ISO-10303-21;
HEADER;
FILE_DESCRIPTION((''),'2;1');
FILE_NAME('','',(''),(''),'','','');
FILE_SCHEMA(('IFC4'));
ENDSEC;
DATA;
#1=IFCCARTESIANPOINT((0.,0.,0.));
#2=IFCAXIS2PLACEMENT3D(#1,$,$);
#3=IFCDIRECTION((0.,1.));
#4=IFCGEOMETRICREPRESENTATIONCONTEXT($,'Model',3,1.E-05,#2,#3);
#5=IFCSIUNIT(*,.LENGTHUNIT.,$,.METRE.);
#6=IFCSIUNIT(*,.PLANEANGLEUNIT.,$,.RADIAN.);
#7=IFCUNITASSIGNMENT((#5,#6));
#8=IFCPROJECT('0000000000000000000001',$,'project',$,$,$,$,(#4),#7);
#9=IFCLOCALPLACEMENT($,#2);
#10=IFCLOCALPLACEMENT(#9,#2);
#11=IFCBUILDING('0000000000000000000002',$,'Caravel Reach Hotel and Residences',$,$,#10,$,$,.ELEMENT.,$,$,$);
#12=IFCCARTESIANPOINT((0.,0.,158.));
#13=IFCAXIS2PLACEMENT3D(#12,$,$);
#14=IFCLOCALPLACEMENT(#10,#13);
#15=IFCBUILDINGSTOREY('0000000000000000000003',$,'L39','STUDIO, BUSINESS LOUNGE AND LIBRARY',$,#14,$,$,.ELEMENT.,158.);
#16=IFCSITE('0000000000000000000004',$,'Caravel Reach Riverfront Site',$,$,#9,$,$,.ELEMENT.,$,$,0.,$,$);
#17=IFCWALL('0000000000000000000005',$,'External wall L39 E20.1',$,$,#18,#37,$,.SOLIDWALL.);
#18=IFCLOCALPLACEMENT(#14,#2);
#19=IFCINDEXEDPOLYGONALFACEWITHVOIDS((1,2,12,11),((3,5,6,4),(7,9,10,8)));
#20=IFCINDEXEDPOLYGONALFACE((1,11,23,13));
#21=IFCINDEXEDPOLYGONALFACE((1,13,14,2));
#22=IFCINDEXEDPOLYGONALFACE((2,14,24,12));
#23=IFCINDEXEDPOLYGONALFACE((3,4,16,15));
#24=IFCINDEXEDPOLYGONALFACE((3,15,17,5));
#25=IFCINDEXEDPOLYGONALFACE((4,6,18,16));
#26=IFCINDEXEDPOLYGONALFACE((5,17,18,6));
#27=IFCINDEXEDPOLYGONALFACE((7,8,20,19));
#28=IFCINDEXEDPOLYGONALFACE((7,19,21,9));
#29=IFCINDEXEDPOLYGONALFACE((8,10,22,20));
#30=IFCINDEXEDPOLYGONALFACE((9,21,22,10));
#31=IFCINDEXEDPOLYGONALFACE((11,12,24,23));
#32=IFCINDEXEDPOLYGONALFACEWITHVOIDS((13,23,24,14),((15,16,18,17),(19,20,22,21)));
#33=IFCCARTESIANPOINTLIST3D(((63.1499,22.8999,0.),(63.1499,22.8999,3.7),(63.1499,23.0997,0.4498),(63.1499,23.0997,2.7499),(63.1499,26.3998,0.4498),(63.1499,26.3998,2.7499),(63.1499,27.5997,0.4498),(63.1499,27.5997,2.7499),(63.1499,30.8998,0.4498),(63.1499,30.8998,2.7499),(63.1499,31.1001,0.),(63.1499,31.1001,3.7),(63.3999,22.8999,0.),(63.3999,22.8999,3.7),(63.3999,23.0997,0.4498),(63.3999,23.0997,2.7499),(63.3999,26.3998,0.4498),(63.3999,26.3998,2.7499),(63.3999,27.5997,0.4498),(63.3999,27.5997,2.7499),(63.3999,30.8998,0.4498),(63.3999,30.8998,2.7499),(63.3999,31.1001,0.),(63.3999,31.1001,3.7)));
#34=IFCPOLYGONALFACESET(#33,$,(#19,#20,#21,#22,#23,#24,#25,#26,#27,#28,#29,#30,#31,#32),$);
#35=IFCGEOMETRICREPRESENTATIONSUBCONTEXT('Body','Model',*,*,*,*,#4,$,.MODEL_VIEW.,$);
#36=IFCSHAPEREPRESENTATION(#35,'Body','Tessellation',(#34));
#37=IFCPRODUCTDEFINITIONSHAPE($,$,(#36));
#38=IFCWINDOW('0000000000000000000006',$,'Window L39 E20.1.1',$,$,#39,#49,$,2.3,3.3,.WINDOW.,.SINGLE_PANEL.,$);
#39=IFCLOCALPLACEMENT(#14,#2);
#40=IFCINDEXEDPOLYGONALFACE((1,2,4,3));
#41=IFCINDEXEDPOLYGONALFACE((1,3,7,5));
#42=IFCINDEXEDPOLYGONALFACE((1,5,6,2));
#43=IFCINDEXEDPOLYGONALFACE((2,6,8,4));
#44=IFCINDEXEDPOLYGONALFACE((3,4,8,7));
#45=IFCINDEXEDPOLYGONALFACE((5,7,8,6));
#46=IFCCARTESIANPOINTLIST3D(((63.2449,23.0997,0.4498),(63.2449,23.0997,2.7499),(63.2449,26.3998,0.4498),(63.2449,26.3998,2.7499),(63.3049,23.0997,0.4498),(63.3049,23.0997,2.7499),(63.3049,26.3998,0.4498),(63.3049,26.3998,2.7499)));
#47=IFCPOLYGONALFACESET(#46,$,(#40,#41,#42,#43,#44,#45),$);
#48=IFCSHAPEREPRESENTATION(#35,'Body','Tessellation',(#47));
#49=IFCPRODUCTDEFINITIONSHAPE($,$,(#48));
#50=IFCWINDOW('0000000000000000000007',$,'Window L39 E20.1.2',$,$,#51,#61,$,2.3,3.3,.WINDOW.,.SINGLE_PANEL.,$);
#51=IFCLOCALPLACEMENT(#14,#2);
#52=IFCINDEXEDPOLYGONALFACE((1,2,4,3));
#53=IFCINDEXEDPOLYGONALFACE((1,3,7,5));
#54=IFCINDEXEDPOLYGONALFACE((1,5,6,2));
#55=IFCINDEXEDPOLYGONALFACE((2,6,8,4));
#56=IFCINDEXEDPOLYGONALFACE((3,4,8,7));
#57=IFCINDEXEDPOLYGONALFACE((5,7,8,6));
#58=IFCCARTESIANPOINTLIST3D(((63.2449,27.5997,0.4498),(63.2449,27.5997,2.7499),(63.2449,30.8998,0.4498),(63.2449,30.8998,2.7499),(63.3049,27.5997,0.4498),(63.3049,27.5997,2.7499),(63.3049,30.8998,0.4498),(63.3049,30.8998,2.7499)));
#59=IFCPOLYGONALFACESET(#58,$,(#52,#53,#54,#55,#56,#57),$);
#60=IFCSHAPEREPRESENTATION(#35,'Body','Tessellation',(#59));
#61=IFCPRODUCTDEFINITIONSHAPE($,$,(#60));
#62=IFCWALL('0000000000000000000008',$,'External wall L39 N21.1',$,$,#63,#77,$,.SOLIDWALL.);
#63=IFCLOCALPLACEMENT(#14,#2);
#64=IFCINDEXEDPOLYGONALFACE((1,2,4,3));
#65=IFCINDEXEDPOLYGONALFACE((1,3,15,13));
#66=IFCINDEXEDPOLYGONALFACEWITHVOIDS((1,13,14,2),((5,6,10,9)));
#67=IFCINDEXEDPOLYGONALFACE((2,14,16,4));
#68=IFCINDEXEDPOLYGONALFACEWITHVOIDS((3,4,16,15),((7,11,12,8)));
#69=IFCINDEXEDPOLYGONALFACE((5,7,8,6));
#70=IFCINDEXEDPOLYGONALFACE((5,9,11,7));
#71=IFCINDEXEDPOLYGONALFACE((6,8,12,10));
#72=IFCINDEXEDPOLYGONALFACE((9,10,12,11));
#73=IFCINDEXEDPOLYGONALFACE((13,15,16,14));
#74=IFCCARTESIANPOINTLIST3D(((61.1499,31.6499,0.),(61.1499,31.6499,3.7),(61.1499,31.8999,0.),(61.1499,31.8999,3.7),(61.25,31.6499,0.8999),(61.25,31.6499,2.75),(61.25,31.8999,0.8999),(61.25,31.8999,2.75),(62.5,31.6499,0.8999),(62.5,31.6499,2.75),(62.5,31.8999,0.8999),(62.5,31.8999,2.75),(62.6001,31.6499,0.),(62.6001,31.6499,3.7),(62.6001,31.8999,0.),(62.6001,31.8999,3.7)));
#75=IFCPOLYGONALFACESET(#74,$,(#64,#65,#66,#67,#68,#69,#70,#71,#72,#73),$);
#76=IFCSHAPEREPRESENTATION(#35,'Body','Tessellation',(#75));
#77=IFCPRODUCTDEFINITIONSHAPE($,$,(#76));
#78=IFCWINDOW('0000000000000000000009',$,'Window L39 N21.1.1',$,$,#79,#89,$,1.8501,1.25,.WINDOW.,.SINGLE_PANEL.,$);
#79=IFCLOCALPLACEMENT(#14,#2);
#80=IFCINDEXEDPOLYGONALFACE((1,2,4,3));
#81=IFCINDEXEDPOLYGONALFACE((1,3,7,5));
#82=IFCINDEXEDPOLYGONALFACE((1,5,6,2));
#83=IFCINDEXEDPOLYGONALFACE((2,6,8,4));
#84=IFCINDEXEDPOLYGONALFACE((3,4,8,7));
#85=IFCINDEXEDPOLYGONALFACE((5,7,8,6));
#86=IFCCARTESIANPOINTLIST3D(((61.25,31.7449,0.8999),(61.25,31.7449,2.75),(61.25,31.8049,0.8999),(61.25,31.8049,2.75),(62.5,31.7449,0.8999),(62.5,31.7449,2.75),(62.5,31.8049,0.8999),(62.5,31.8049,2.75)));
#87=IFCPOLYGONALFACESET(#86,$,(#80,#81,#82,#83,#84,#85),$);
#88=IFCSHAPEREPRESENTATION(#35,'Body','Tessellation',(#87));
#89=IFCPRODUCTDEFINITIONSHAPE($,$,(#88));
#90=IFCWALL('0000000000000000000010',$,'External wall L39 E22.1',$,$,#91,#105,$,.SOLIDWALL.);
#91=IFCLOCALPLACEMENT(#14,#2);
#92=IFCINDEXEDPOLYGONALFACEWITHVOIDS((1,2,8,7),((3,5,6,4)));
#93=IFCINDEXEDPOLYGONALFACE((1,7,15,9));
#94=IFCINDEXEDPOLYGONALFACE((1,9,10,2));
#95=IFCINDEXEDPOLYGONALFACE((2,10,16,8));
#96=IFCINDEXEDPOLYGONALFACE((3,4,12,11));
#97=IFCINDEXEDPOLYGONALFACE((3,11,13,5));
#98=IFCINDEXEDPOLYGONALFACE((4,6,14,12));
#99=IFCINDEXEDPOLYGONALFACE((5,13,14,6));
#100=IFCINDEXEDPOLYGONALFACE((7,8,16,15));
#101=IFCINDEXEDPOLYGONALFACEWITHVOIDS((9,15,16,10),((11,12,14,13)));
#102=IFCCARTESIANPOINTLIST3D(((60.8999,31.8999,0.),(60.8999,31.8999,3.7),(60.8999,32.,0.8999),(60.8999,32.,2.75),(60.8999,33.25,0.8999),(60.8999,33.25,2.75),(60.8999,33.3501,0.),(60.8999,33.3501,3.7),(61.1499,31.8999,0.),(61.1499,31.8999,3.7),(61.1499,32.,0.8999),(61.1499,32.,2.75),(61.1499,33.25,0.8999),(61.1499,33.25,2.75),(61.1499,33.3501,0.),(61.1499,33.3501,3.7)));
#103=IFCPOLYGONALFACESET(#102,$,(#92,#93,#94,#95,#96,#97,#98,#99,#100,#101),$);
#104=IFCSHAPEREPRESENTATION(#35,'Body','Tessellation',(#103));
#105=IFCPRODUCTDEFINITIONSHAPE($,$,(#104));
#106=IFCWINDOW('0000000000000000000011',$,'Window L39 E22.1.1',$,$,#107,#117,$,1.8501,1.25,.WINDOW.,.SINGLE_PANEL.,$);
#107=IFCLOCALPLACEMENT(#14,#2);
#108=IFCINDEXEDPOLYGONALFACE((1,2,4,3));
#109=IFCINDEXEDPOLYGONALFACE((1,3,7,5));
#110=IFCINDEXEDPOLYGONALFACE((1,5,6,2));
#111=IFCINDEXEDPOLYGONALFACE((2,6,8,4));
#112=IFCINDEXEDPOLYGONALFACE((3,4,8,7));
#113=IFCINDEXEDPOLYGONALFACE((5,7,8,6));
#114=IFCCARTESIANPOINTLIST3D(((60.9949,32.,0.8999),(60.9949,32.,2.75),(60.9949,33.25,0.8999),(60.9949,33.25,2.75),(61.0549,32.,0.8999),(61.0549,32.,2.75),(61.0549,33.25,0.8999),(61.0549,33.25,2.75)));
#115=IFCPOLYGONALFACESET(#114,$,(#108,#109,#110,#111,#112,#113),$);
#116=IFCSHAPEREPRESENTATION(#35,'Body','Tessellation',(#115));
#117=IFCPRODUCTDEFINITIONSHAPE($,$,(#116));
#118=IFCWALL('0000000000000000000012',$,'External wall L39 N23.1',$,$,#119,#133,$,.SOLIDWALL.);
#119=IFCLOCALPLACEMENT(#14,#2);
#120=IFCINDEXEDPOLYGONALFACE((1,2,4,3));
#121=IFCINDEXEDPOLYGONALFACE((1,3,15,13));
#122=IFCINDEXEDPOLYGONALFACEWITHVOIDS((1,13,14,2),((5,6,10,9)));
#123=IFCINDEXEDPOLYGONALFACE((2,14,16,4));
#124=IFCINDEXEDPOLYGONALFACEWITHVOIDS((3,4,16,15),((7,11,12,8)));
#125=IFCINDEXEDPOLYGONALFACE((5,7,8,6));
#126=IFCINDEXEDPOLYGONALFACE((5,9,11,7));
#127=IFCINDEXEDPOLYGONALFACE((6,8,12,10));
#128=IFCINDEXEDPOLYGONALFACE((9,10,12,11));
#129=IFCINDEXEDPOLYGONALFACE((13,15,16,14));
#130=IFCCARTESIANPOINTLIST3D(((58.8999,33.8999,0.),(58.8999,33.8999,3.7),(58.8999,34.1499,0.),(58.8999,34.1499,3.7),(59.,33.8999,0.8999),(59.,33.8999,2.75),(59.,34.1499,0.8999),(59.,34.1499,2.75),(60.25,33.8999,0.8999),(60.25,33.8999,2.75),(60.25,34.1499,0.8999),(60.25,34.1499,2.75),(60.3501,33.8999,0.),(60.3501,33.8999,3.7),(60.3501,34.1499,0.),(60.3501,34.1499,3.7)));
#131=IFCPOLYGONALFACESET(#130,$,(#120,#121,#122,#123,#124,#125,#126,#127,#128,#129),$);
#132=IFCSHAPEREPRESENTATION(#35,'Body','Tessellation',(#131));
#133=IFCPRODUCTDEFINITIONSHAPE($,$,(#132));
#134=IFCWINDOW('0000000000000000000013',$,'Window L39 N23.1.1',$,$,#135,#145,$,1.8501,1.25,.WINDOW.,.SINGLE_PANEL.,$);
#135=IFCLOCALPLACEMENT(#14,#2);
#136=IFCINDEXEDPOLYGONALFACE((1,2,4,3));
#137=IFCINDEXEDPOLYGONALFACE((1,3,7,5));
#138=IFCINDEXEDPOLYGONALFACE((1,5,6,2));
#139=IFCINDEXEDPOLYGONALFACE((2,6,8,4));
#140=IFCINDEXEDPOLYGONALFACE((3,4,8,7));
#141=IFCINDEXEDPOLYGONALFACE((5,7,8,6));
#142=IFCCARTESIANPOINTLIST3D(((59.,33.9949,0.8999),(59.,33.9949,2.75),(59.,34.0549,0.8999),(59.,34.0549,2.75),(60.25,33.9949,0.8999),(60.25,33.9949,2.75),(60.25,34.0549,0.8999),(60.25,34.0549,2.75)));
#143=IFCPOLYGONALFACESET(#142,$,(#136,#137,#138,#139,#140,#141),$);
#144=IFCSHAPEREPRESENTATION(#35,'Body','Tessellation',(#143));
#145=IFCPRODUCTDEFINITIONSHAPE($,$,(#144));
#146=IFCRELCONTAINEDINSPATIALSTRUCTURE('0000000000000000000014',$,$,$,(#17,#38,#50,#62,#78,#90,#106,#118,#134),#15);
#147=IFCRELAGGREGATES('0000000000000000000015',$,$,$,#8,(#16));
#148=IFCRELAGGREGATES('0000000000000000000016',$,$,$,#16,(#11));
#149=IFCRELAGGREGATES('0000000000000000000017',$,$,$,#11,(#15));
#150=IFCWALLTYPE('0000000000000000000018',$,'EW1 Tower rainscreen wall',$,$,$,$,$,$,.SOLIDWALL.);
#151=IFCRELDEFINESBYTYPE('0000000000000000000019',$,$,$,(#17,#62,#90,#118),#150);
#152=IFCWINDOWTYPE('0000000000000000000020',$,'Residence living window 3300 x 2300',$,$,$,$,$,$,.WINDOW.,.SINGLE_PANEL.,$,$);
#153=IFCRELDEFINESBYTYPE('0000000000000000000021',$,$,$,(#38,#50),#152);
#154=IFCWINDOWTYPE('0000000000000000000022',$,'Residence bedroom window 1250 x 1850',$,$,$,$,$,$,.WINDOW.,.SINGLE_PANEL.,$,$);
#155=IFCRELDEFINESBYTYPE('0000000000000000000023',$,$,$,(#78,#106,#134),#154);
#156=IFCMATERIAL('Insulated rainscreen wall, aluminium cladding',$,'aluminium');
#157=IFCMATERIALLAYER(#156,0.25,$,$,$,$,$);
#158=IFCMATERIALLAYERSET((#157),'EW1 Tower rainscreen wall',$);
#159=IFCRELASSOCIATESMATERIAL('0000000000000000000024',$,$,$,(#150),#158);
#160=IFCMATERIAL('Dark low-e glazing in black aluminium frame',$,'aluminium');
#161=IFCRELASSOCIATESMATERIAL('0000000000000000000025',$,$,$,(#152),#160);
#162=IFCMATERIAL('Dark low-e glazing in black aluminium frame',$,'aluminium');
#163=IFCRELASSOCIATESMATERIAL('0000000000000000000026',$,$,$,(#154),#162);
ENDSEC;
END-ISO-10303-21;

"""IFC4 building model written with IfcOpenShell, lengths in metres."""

from ifc_helpers import new_model, si_unit, direction, frame, frame_2d, origin, place, context, subcontext, project, spatial, rectangle, extrude, material, layer, layer_set, type_object, element, fill, save


model = new_model("IFC4")

# Units and contexts
model_context = context("Model", 3, precision=1e-05, world=origin(), true_north=direction((0.0, 1.0)))
body_context = subcontext(model_context, "Body", "Model", "MODEL_VIEW")
ifc_project = project(units=[si_unit("LENGTHUNIT", "METRE"), si_unit("PLANEANGLEUNIT", "RADIAN")], contexts=[model_context])

# Site, building, storey
site_placement = place(None, origin())
site = spatial("IfcSite", under=ifc_project, at=site_placement, Name="Caravel Reach Riverfront Site", CompositionType="ELEMENT", RefElevation=0.0)
building_placement = place(site_placement, origin())
building = spatial("IfcBuilding", under=site, at=building_placement, Name="Caravel Reach Hotel and Residences", CompositionType="ELEMENT")
storey_placement = place(building_placement, frame((0.0, 0.0, 158.0)))
storey = spatial("IfcBuildingStorey", under=building, at=storey_placement, Name="L39", Description="STUDIO, BUSINESS LOUNGE AND LIBRARY", CompositionType="ELEMENT", Elevation=158.0)

# Wall, openings, windows
ifc_material_1 = material(Name="Insulated rainscreen wall, aluminium cladding", Category="aluminium")
ifc_layer_1 = layer(ifc_material_1, 0.25)
ifc_layer_set_1 = layer_set([ifc_layer_1], Name="EW1 Tower rainscreen wall")
wall_type_1 = type_object("IfcWallType", Name="EW1 Tower rainscreen wall", PredefinedType="SOLIDWALL", material=ifc_layer_set_1)
wall_1_placement = place(storey_placement, frame((63.2749, 22.8999, 0.0), z_axis=(0.0, 0.0, 1.0), x_axis=(0.0, 1.0, 0.0)))
wall_1 = element("IfcWall", 1, at=wall_1_placement, inside=storey, type_object=wall_type_1, Name="External wall L39 E20.1", PredefinedType="SOLIDWALL", context=body_context, shape_type="SweptSolid", body=[
    extrude(rectangle(XDim=8.2002, YDim=0.25, at=frame_2d((4.1001, 0.0))), origin(), (0.0, 0.0, 1.0), 3.7),
])
opening_1_placement = place(wall_1_placement, frame((0.2, 0.0, 0.45)))
opening_1 = element("IfcOpeningElement", 2, at=opening_1_placement, cuts=wall_1, PredefinedType="OPENING", context=body_context, shape_type="SweptSolid", body=[
    extrude(rectangle(XDim=3.3, YDim=2.3, at=frame_2d((1.6499, 1.1499))), frame((0.0, 0.135, 0.0), z_axis=(0.0, -1.0, 0.0), x_axis=(1.0, 0.0, 0.0)), (0.0, 0.0, 1.0), 0.27),
])
opening_2_placement = place(wall_1_placement, frame((4.7, 0.0, 0.45)))
opening_2 = element("IfcOpeningElement", 3, at=opening_2_placement, cuts=wall_1, PredefinedType="OPENING", context=body_context, shape_type="SweptSolid", body=[
    extrude(rectangle(XDim=3.3, YDim=2.3, at=frame_2d((1.6499, 1.1499))), frame((0.0, 0.135, 0.0), z_axis=(0.0, -1.0, 0.0), x_axis=(1.0, 0.0, 0.0)), (0.0, 0.0, 1.0), 0.27),
])
ifc_material_2 = material(Name="Dark low-e glazing in black aluminium frame", Category="aluminium")
window_type_1 = type_object("IfcWindowType", Name="Residence living window 3300 x 2300", PartitioningType="SINGLE_PANEL", PredefinedType="WINDOW", material=ifc_material_2)
window_1_placement = place(opening_1_placement, origin())
window_1 = element("IfcWindow", 4, at=window_1_placement, inside=storey, type_object=window_type_1, Name="Window L39 E20.1.1", OverallHeight=2.3, OverallWidth=3.3, PartitioningType="SINGLE_PANEL", PredefinedType="WINDOW", context=body_context, shape_type="SweptSolid", body=[
    extrude(rectangle(XDim=3.3, YDim=2.3, at=frame_2d((1.6499, 1.1499))), frame((0.0, 0.03, 0.0), z_axis=(0.0, -1.0, 0.0), x_axis=(1.0, 0.0, 0.0)), (0.0, 0.0, 1.0), 0.0601),
])
fill(opening_1, window_1)
window_2_placement = place(opening_2_placement, origin())
window_2 = element("IfcWindow", 5, at=window_2_placement, inside=storey, type_object=window_type_1, Name="Window L39 E20.1.2", OverallHeight=2.3, OverallWidth=3.3, PartitioningType="SINGLE_PANEL", PredefinedType="WINDOW", context=body_context, shape_type="SweptSolid", body=[
    extrude(rectangle(XDim=3.3, YDim=2.3, at=frame_2d((1.6499, 1.1499))), frame((0.0, 0.03, 0.0), z_axis=(0.0, -1.0, 0.0), x_axis=(1.0, 0.0, 0.0)), (0.0, 0.0, 1.0), 0.0601),
])
fill(opening_2, window_2)

# Walls, openings, windows
wall_2_placement = place(storey_placement, frame((62.6001, 31.7749, 0.0), z_axis=(0.0, 0.0, 1.0), x_axis=(-1.0, 0.0, 0.0)))
wall_2 = element("IfcWall", 6, at=wall_2_placement, inside=storey, type_object=wall_type_1, Name="External wall L39 N21.1", PredefinedType="SOLIDWALL", context=body_context, shape_type="SweptSolid", body=[
    extrude(rectangle(XDim=1.4502, YDim=0.25, at=frame_2d((0.7251, 0.0))), origin(), (0.0, 0.0, 1.0), 3.7),
])
opening_3_placement = place(wall_2_placement, frame((0.1001, 0.0, 0.8999)))
opening_3 = element("IfcOpeningElement", 7, at=opening_3_placement, cuts=wall_2, PredefinedType="OPENING", context=body_context, shape_type="SweptSolid", body=[
    extrude(rectangle(XDim=1.25, YDim=1.8501, at=frame_2d((0.625, 0.925))), frame((0.0, 0.135, 0.0), z_axis=(0.0, -1.0, 0.0), x_axis=(1.0, 0.0, 0.0)), (0.0, 0.0, 1.0), 0.27),
])
ifc_material_3 = material(Name="Dark low-e glazing in black aluminium frame", Category="aluminium")
window_type_2 = type_object("IfcWindowType", Name="Residence bedroom window 1250 x 1850", PartitioningType="SINGLE_PANEL", PredefinedType="WINDOW", material=ifc_material_3)
window_3_placement = place(opening_3_placement, origin())
window_3 = element("IfcWindow", 8, at=window_3_placement, inside=storey, type_object=window_type_2, Name="Window L39 N21.1.1", OverallHeight=1.8501, OverallWidth=1.25, PartitioningType="SINGLE_PANEL", PredefinedType="WINDOW", context=body_context, shape_type="SweptSolid", body=[
    extrude(rectangle(XDim=1.25, YDim=1.8501, at=frame_2d((0.625, 0.925))), frame((0.0, 0.03, 0.0), z_axis=(0.0, -1.0, 0.0), x_axis=(1.0, 0.0, 0.0)), (0.0, 0.0, 1.0), 0.0601),
])
fill(opening_3, window_3)
wall_3_placement = place(storey_placement, frame((61.0249, 31.8999, 0.0), z_axis=(0.0, 0.0, 1.0), x_axis=(0.0, 1.0, 0.0)))
wall_3 = element("IfcWall", 9, at=wall_3_placement, inside=storey, type_object=wall_type_1, Name="External wall L39 E22.1", PredefinedType="SOLIDWALL", context=body_context, shape_type="SweptSolid", body=[
    extrude(rectangle(XDim=1.4502, YDim=0.25, at=frame_2d((0.7251, 0.0))), origin(), (0.0, 0.0, 1.0), 3.7),
])
opening_4_placement = place(wall_3_placement, frame((0.1001, 0.0, 0.8999)))
opening_4 = element("IfcOpeningElement", 10, at=opening_4_placement, cuts=wall_3, PredefinedType="OPENING", context=body_context, shape_type="SweptSolid", body=[
    extrude(rectangle(XDim=1.25, YDim=1.8501, at=frame_2d((0.625, 0.925))), frame((0.0, 0.135, 0.0), z_axis=(0.0, -1.0, 0.0), x_axis=(1.0, 0.0, 0.0)), (0.0, 0.0, 1.0), 0.27),
])
window_4_placement = place(opening_4_placement, origin())
window_4 = element("IfcWindow", 11, at=window_4_placement, inside=storey, type_object=window_type_2, Name="Window L39 E22.1.1", OverallHeight=1.8501, OverallWidth=1.25, PartitioningType="SINGLE_PANEL", PredefinedType="WINDOW", context=body_context, shape_type="SweptSolid", body=[
    extrude(rectangle(XDim=1.25, YDim=1.8501, at=frame_2d((0.625, 0.925))), frame((0.0, 0.03, 0.0), z_axis=(0.0, -1.0, 0.0), x_axis=(1.0, 0.0, 0.0)), (0.0, 0.0, 1.0), 0.0601),
])
fill(opening_4, window_4)
wall_4_placement = place(storey_placement, frame((60.3501, 34.0249, 0.0), z_axis=(0.0, 0.0, 1.0), x_axis=(-1.0, 0.0, 0.0)))
wall_4 = element("IfcWall", 12, at=wall_4_placement, inside=storey, type_object=wall_type_1, Name="External wall L39 N23.1", PredefinedType="SOLIDWALL", context=body_context, shape_type="SweptSolid", body=[
    extrude(rectangle(XDim=1.4502, YDim=0.25, at=frame_2d((0.7251, 0.0))), origin(), (0.0, 0.0, 1.0), 3.7),
])
opening_5_placement = place(wall_4_placement, frame((0.1001, 0.0, 0.8999)))
opening_5 = element("IfcOpeningElement", 13, at=opening_5_placement, cuts=wall_4, PredefinedType="OPENING", context=body_context, shape_type="SweptSolid", body=[
    extrude(rectangle(XDim=1.25, YDim=1.8501, at=frame_2d((0.625, 0.925))), frame((0.0, 0.135, 0.0), z_axis=(0.0, -1.0, 0.0), x_axis=(1.0, 0.0, 0.0)), (0.0, 0.0, 1.0), 0.27),
])
window_5_placement = place(opening_5_placement, origin())
window_5 = element("IfcWindow", 14, at=window_5_placement, inside=storey, type_object=window_type_2, Name="Window L39 N23.1.1", OverallHeight=1.8501, OverallWidth=1.25, PartitioningType="SINGLE_PANEL", PredefinedType="WINDOW", context=body_context, shape_type="SweptSolid", body=[
    extrude(rectangle(XDim=1.25, YDim=1.8501, at=frame_2d((0.625, 0.925))), frame((0.0, 0.03, 0.0), z_axis=(0.0, -1.0, 0.0), x_axis=(1.0, 0.0, 0.0)), (0.0, 0.0, 1.0), 0.0601),
])
fill(opening_5, window_5)

save(model, "model.ifc")
